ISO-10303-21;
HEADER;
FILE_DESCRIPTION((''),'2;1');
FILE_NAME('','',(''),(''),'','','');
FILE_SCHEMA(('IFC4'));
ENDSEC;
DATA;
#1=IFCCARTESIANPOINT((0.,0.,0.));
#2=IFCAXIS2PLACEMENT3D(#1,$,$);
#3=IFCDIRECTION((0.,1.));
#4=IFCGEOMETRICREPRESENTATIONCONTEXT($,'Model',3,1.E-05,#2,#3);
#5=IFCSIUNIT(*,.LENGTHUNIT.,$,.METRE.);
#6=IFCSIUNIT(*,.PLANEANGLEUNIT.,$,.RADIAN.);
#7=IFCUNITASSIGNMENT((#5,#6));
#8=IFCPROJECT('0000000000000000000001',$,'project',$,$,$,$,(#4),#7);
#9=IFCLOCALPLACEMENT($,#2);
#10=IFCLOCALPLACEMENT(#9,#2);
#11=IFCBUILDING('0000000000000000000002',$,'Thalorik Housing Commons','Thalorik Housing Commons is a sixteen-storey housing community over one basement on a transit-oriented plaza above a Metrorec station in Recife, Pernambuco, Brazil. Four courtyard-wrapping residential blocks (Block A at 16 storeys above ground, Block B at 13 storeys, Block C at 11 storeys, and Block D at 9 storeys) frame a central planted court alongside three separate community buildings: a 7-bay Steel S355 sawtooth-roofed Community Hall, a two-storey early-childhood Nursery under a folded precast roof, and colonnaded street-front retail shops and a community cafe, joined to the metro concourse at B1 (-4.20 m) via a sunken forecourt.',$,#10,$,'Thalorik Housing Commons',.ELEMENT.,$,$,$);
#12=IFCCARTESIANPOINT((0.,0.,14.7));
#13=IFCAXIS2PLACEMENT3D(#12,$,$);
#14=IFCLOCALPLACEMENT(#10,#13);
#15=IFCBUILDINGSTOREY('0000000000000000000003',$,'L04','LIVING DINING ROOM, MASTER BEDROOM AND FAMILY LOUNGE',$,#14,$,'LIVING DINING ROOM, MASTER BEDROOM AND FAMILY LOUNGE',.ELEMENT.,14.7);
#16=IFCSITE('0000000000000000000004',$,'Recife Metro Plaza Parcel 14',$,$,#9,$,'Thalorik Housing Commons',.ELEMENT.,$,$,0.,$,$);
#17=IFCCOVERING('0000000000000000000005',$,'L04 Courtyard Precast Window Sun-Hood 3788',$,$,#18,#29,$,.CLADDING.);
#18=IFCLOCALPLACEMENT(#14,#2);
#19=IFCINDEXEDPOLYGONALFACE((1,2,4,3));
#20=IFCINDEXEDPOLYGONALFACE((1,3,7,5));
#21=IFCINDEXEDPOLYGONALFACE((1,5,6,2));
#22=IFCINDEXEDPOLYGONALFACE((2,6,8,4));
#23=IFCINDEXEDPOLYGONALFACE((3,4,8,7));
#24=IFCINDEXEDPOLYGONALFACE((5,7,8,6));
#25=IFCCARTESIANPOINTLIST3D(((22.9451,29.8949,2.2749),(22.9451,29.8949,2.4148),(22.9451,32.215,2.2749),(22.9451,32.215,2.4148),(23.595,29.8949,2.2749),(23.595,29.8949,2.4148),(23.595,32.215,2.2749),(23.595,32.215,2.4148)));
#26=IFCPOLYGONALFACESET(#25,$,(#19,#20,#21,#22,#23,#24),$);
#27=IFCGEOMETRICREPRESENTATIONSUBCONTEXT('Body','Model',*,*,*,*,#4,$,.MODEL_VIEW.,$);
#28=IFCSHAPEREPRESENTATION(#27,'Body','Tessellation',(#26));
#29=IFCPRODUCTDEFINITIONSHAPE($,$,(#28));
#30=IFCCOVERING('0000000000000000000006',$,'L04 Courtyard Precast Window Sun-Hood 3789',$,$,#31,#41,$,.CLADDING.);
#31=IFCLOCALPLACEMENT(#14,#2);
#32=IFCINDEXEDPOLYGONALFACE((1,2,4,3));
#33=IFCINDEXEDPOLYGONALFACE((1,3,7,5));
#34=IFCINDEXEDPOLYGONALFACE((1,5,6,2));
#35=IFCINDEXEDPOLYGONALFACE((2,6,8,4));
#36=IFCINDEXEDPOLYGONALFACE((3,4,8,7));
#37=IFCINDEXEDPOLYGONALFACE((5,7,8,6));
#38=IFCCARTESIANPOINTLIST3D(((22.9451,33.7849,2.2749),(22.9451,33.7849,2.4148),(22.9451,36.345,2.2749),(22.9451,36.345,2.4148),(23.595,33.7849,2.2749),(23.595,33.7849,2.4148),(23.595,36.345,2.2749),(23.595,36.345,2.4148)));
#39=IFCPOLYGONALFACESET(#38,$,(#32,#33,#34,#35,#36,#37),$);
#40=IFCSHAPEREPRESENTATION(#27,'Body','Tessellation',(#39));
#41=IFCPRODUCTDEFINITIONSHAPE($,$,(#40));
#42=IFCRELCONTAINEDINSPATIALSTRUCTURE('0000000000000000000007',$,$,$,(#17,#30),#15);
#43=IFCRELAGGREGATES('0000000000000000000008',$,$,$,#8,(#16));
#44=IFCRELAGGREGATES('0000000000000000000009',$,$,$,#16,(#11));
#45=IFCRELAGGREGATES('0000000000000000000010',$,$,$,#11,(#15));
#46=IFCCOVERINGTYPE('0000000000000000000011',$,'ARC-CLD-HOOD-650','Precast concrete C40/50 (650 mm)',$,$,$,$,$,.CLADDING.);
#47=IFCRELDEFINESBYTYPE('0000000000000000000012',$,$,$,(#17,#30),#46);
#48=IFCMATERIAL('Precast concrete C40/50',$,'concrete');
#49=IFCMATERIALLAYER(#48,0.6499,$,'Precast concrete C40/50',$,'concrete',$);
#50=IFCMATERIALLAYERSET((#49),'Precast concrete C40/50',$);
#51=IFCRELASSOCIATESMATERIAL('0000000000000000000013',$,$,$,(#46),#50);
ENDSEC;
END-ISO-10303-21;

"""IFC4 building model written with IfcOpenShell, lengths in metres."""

from ifc_helpers import new_model, si_unit, direction, frame, origin, origin_2d, place, context, subcontext, project, spatial, rectangle, extrude, material, layer, layer_set, type_object, element, save


model = new_model("IFC4")

# Units and contexts
model_context = context("Model", 3, precision=1e-05, world=origin(), true_north=direction((0.0, 1.0)))
body_context = subcontext(model_context, "Body", "Model", "MODEL_VIEW")
ifc_project = project(units=[si_unit("LENGTHUNIT", "METRE"), si_unit("PLANEANGLEUNIT", "RADIAN")], contexts=[model_context])

# Site, building, storey
site_placement = place(None, origin())
site = spatial("IfcSite", under=ifc_project, at=site_placement, Name="Recife Metro Plaza Parcel 14", LongName="Thalorik Housing Commons", CompositionType="ELEMENT", RefElevation=0.0)
building_placement = place(site_placement, origin())
building = spatial("IfcBuilding", under=site, at=building_placement, Name="Thalorik Housing Commons", Description="Thalorik Housing Commons is a sixteen-storey housing community over one basement on a transit-oriented plaza above a Metrorec station in Recife, Pernambuco, Brazil. Four courtyard-wrapping residential blocks (Block A at 16 storeys above ground, Block B at 13 storeys, Block C at 11 storeys, and Block D at 9 storeys) frame a central planted court alongside three separate community buildings: a 7-bay Steel S355 sawtooth-roofed Community Hall, a two-storey early-childhood Nursery under a folded precast roof, and colonnaded street-front retail shops and a community cafe, joined to the metro concourse at B1 (-4.20 m) via a sunken forecourt.", LongName="Thalorik Housing Commons", CompositionType="ELEMENT")
storey_placement = place(building_placement, frame((0.0, 0.0, 14.7)))
storey = spatial("IfcBuildingStorey", under=building, at=storey_placement, Name="L04", Description="LIVING DINING ROOM, MASTER BEDROOM AND FAMILY LOUNGE", LongName="LIVING DINING ROOM, MASTER BEDROOM AND FAMILY LOUNGE", CompositionType="ELEMENT", Elevation=14.7)

# Shared definitions
ifc_material_1 = material(Name="Precast concrete C40/50", Category="concrete")

# Coverings
ifc_layer_1 = layer(ifc_material_1, 0.6499, Name="Precast concrete C40/50", Category="concrete")
ifc_layer_set_1 = layer_set([ifc_layer_1], Name="Precast concrete C40/50")
covering_type_1 = type_object("IfcCoveringType", Name="ARC-CLD-HOOD-650", Description="Precast concrete C40/50 (650 mm)", PredefinedType="CLADDING", material=ifc_layer_set_1)
covering_1_placement = place(storey_placement, frame((23.27, 31.0549, 2.2749), z_axis=(0.0, 0.0, 1.0), x_axis=(0.0, 1.0, 0.0)))
element("IfcCovering", 1, at=covering_1_placement, inside=storey, type_object=covering_type_1, Name="L04 Courtyard Precast Window Sun-Hood 3788", PredefinedType="CLADDING", context=body_context, shape_type="SweptSolid", body=[
    extrude(rectangle(XDim=2.3201, YDim=0.6499, at=origin_2d()), origin(), (0.0, 0.0, 1.0), 0.1399),
])
covering_2_placement = place(storey_placement, frame((23.27, 35.0649, 2.2749), z_axis=(0.0, 0.0, 1.0), x_axis=(0.0, 1.0, 0.0)))
element("IfcCovering", 2, at=covering_2_placement, inside=storey, type_object=covering_type_1, Name="L04 Courtyard Precast Window Sun-Hood 3789", PredefinedType="CLADDING", context=body_context, shape_type="SweptSolid", body=[
    extrude(rectangle(XDim=2.5601, YDim=0.6499, at=origin_2d()), origin(), (0.0, 0.0, 1.0), 0.1399),
])

save(model, "model.ifc")
